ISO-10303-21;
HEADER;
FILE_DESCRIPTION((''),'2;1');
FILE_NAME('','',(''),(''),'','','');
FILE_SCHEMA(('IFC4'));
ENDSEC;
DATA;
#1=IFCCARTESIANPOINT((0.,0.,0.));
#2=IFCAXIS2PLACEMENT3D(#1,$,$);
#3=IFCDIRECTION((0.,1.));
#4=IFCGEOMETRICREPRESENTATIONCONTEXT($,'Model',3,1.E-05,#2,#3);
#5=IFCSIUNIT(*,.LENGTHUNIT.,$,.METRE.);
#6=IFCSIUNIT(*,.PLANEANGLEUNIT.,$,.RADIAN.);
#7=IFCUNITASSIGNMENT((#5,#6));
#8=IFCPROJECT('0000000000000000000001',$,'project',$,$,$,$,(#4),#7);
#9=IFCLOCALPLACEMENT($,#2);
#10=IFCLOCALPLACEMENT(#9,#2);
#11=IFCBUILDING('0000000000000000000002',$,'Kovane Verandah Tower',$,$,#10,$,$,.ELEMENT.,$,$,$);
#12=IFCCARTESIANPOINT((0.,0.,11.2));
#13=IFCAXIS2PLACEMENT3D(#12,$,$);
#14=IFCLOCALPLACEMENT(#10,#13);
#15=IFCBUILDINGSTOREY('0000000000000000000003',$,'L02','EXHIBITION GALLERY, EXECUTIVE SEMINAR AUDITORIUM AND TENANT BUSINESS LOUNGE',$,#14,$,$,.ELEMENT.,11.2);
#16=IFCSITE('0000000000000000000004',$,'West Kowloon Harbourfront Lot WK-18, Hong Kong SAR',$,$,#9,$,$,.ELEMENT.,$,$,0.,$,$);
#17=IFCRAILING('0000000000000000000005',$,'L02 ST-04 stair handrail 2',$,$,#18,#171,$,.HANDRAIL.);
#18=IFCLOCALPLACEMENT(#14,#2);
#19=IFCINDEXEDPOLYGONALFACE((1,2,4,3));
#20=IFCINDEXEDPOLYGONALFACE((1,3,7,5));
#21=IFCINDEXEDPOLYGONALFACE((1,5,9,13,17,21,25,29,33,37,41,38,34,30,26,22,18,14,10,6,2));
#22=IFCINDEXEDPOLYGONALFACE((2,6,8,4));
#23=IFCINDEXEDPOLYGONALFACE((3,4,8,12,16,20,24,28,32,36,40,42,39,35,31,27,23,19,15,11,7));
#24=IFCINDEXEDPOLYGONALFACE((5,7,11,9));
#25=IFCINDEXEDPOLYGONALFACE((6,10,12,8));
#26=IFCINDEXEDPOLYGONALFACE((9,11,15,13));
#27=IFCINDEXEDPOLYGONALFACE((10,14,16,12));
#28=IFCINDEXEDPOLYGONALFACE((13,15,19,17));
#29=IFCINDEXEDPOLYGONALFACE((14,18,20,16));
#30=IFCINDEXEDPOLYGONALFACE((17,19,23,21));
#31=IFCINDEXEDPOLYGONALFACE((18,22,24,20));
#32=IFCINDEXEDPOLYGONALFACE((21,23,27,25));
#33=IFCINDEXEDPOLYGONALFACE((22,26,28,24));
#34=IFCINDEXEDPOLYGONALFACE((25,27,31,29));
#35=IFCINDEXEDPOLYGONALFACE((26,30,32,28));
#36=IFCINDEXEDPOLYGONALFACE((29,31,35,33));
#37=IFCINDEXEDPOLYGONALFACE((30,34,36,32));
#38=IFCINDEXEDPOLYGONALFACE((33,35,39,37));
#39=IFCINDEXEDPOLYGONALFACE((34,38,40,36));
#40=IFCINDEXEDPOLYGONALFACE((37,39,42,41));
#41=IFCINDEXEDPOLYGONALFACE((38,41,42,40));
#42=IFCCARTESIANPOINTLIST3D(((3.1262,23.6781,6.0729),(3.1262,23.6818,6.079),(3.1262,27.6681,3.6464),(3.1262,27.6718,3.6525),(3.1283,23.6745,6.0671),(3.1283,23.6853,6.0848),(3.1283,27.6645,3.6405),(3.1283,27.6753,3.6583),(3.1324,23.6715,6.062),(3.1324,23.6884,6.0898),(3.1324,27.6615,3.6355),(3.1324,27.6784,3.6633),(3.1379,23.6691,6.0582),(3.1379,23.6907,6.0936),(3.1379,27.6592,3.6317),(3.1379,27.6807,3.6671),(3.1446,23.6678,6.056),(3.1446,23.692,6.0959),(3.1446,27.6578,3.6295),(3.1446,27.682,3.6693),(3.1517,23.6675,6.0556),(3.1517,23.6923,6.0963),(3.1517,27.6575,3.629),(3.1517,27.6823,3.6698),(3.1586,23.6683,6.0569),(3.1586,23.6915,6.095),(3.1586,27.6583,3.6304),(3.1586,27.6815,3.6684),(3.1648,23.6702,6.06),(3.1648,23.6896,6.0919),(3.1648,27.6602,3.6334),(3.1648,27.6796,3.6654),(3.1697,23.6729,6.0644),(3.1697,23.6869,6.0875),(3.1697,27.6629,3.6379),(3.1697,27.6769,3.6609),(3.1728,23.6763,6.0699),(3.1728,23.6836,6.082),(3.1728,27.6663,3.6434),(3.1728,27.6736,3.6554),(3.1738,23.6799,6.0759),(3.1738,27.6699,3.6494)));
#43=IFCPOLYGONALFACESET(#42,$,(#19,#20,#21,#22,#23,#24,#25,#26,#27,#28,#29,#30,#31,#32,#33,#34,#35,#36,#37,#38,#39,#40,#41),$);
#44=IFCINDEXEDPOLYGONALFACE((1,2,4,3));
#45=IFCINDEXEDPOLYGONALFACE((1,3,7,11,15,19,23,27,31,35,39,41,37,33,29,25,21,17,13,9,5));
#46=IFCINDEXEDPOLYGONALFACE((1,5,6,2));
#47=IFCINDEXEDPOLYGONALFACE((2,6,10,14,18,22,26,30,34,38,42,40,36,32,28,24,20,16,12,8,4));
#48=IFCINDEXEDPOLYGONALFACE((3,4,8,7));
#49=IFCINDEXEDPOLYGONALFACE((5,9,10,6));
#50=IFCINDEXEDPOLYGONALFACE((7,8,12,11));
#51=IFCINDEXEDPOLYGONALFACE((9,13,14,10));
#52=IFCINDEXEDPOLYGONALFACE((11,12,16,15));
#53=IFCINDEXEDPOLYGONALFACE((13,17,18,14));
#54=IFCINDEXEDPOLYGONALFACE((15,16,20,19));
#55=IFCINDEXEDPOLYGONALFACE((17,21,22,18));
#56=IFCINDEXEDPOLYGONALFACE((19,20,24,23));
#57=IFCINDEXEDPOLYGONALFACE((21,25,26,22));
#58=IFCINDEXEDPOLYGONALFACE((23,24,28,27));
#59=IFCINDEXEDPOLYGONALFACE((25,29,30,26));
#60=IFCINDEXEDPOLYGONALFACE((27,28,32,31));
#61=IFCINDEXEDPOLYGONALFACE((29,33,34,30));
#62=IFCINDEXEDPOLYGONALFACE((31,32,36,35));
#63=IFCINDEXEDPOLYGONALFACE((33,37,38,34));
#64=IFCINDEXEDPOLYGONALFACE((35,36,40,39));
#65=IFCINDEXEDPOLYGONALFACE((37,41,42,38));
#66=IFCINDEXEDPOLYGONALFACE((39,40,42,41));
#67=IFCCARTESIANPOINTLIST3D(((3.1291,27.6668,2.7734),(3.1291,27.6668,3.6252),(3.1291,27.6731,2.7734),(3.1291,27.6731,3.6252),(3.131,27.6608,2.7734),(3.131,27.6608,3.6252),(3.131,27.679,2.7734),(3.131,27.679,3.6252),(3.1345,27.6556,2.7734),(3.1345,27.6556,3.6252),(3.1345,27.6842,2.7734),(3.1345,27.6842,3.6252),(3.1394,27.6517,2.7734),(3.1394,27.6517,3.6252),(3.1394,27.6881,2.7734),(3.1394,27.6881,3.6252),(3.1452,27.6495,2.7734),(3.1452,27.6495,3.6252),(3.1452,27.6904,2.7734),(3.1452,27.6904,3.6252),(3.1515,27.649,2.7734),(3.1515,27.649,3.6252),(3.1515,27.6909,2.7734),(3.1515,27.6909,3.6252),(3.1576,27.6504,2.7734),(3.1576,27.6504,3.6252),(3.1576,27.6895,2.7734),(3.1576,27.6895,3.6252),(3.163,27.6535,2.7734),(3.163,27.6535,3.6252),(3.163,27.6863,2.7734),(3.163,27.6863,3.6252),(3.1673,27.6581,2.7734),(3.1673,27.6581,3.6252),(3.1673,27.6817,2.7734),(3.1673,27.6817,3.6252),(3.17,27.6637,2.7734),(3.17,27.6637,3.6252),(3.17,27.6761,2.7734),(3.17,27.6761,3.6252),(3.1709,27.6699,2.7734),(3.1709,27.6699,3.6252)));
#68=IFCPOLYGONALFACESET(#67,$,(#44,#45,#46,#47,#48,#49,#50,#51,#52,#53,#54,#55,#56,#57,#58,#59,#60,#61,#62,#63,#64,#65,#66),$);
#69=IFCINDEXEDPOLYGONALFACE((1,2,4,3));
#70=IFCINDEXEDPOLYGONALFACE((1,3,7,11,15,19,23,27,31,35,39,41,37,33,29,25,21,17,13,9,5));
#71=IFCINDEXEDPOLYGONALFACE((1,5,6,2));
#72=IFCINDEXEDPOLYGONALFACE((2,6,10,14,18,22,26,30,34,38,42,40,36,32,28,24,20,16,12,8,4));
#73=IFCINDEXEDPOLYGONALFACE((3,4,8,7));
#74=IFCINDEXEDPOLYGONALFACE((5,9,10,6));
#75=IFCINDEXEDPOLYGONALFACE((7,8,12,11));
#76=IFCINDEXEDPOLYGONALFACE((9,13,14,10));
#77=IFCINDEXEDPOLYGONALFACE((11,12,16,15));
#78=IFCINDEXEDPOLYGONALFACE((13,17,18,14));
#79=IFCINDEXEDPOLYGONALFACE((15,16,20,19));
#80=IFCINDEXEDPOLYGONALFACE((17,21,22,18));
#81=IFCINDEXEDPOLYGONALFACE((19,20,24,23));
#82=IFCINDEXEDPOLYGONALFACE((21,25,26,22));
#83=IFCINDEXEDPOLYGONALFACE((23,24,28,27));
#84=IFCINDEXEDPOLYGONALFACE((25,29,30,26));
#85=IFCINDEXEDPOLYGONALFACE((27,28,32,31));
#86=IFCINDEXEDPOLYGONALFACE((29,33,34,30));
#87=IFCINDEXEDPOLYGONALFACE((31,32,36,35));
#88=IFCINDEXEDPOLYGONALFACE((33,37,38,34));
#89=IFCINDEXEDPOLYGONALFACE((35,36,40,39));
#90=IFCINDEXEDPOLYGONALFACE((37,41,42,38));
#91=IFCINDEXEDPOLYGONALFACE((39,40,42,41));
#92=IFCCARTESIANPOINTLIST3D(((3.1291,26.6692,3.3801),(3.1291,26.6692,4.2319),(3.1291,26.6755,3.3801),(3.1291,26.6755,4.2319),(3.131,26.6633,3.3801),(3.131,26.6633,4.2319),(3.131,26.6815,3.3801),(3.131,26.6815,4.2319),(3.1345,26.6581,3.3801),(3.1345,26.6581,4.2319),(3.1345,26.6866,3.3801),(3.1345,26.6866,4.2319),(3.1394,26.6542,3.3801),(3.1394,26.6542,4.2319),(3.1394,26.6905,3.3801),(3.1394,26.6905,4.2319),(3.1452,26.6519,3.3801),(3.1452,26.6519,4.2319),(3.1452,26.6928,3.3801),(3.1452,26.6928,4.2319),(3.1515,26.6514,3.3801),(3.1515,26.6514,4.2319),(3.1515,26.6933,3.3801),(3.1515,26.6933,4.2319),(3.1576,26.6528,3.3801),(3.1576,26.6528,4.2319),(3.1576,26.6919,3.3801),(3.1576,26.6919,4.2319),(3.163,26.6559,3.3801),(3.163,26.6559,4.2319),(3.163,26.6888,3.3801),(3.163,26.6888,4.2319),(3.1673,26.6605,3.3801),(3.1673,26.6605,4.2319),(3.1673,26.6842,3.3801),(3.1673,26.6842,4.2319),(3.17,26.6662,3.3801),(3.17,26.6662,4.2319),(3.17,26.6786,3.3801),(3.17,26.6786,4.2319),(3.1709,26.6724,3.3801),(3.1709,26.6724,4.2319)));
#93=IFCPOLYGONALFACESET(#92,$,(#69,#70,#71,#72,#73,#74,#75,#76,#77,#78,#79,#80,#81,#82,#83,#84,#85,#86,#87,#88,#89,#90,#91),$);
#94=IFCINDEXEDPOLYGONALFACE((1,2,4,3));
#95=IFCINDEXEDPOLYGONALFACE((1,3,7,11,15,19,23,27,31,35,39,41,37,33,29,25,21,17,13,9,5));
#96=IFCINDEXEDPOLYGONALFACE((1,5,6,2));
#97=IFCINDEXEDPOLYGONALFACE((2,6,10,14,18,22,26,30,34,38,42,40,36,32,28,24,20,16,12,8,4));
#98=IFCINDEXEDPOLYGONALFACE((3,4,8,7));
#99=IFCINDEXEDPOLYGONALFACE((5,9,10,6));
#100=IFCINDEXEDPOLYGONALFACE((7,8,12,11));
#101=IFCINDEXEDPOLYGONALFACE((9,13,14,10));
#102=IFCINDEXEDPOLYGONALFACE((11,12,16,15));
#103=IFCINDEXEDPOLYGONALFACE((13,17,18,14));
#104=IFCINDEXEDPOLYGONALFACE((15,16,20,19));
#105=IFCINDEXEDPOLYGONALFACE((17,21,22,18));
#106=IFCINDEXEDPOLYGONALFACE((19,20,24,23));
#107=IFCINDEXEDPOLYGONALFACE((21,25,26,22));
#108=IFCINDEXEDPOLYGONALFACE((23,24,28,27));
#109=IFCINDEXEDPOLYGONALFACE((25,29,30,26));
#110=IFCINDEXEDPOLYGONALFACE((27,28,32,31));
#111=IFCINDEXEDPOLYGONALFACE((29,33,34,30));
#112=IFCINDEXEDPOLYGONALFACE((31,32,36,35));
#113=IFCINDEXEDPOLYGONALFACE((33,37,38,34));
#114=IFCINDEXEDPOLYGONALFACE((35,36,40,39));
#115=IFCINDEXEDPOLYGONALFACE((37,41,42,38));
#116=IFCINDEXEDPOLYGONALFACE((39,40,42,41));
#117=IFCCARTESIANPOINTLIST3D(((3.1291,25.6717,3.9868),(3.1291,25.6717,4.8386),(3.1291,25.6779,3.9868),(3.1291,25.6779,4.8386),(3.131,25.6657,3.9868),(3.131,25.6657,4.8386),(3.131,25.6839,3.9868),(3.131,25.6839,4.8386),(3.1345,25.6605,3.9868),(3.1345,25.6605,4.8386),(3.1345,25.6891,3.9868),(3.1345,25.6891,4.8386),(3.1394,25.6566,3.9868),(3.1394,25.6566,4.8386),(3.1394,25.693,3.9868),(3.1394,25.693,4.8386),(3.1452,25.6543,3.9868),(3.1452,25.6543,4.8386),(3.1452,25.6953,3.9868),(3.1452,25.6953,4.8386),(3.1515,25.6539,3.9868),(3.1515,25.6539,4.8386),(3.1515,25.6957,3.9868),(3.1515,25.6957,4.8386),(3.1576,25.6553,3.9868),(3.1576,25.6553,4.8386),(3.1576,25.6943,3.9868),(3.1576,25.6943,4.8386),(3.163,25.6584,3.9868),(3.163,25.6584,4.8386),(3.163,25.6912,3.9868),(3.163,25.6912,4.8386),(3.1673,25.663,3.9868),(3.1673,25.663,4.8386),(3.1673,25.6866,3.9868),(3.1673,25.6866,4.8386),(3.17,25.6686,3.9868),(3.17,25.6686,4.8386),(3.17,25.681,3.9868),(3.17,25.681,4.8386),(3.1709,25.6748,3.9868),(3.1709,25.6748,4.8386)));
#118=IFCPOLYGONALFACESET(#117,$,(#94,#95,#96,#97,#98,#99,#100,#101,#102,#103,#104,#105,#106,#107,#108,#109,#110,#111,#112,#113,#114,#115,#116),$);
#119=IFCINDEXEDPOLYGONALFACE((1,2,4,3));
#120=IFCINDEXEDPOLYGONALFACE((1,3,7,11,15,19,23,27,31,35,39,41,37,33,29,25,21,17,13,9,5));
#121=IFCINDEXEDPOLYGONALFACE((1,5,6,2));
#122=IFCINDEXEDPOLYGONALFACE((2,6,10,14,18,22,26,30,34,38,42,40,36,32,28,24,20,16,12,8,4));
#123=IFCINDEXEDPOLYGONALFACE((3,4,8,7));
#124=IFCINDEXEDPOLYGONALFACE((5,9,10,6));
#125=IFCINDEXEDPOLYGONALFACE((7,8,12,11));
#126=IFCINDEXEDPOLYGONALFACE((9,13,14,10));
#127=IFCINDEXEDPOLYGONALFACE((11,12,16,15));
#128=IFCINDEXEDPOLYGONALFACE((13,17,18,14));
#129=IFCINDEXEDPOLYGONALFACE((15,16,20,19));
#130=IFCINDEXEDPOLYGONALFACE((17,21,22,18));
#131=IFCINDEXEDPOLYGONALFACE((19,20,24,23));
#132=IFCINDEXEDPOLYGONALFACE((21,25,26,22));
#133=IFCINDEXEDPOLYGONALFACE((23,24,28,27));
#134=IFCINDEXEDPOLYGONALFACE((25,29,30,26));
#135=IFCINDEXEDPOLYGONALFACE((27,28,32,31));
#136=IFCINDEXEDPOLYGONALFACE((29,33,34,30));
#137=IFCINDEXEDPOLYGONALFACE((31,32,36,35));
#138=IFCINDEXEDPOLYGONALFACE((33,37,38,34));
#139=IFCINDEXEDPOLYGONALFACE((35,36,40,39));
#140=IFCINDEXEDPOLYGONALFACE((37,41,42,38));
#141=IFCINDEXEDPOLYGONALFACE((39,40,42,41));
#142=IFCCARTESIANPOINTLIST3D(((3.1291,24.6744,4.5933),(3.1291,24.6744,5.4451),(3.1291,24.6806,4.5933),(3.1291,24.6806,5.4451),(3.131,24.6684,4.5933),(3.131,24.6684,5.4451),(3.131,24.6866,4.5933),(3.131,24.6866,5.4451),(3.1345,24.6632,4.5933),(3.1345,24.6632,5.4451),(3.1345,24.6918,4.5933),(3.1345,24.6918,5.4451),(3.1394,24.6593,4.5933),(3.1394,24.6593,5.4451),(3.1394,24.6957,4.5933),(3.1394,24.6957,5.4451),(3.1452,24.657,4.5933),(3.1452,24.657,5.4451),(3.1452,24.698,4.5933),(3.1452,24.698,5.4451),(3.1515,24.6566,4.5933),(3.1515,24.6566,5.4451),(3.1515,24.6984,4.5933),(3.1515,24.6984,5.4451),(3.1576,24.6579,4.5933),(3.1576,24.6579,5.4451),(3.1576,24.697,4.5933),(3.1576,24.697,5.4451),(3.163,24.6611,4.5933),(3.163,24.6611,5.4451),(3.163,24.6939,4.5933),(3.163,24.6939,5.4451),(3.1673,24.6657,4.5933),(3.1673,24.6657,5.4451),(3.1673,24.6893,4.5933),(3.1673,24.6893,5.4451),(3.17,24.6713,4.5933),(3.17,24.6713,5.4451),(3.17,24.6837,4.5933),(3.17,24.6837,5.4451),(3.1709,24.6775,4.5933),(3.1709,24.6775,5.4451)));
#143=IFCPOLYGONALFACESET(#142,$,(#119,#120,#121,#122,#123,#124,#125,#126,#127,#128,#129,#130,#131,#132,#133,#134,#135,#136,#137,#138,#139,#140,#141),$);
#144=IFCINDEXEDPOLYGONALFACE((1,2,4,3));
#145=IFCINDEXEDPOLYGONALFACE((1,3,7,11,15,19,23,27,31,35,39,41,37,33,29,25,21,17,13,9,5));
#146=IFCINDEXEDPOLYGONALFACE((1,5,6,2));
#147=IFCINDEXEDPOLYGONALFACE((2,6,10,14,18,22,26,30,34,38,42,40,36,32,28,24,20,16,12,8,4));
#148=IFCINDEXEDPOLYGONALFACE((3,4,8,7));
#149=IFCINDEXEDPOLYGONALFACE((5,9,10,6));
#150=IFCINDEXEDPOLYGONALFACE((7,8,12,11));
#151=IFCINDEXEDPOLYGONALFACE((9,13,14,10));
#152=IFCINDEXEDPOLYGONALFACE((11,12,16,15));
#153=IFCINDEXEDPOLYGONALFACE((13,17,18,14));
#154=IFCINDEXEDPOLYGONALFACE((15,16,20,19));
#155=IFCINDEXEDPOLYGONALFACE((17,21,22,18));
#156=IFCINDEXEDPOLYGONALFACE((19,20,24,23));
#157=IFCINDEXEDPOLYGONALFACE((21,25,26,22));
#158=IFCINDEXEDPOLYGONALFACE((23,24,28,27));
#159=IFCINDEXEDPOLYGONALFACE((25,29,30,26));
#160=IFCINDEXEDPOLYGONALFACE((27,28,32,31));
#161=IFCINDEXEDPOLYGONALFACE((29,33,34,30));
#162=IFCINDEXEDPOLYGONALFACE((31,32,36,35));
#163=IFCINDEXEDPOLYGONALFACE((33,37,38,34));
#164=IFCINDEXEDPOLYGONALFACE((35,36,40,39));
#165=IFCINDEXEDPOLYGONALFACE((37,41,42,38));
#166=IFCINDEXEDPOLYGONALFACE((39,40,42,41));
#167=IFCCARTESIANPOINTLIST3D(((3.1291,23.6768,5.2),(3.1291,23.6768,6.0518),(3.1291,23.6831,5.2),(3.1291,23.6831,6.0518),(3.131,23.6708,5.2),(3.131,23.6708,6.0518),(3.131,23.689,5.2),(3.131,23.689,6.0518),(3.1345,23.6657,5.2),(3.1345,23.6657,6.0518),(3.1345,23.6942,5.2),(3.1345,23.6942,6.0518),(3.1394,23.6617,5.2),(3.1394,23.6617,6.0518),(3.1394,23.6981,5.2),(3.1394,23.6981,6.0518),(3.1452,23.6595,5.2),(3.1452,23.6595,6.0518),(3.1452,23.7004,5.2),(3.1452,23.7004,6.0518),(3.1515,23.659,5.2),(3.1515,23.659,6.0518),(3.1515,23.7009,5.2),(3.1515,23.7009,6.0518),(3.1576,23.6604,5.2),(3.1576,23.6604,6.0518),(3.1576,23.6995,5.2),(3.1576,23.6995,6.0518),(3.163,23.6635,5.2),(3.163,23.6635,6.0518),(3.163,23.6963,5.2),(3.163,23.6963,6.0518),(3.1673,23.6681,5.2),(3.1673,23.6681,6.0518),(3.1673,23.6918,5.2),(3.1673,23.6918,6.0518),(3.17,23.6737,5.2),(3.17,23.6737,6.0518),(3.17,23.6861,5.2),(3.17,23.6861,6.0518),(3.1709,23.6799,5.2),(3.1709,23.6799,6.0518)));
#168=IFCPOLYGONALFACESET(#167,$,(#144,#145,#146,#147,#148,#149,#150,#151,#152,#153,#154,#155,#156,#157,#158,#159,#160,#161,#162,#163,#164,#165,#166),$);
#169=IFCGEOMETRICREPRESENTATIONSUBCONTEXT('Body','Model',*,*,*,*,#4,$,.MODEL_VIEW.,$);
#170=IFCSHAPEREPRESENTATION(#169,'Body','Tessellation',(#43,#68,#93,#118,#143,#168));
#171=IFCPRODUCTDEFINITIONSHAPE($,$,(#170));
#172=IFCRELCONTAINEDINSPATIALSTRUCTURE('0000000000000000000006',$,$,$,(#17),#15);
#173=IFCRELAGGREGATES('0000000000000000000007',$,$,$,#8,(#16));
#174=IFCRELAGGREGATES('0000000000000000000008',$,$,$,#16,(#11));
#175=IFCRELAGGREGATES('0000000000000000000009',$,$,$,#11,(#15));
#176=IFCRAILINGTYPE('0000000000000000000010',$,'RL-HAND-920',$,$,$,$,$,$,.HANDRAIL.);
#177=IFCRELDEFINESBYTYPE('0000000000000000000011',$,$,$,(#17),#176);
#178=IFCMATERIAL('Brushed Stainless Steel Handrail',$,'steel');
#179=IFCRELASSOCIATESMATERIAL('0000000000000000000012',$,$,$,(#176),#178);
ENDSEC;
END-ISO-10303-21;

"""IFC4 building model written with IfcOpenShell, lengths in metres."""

from ifc_helpers import new_model, si_unit, direction, frame, origin, origin_2d, place, context, subcontext, project, spatial, circle, extrude, material, type_object, element, save


model = new_model("IFC4")

# Units and contexts
model_context = context("Model", 3, precision=1e-05, world=origin(), true_north=direction((0.0, 1.0)))
body_context = subcontext(model_context, "Body", "Model", "MODEL_VIEW")
ifc_project = project(units=[si_unit("LENGTHUNIT", "METRE"), si_unit("PLANEANGLEUNIT", "RADIAN")], contexts=[model_context])

# Site, building, storey
site_placement = place(None, origin())
site = spatial("IfcSite", under=ifc_project, at=site_placement, Name="West Kowloon Harbourfront Lot WK-18, Hong Kong SAR", CompositionType="ELEMENT", RefElevation=0.0)
building_placement = place(site_placement, origin())
building = spatial("IfcBuilding", under=site, at=building_placement, Name="Kovane Verandah Tower", CompositionType="ELEMENT")
storey_placement = place(building_placement, frame((0.0, 0.0, 11.2)))
storey = spatial("IfcBuildingStorey", under=building, at=storey_placement, Name="L02", Description="EXHIBITION GALLERY, EXECUTIVE SEMINAR AUDITORIUM AND TENANT BUSINESS LOUNGE", CompositionType="ELEMENT", Elevation=11.2)

# Railing
ifc_material_1 = material(Name="Brushed Stainless Steel Handrail", Category="steel")
railing_type_1 = type_object("IfcRailingType", Name="RL-HAND-920", PredefinedType="HANDRAIL", material=ifc_material_1)
railing_1_placement = place(storey_placement, frame((3.1499, 27.6699, 2.7734)))
element("IfcRailing", 1, at=railing_1_placement, inside=storey, type_object=railing_type_1, Name="L02 ST-04 stair handrail 2", PredefinedType="HANDRAIL", context=body_context, shape_type="SweptSolid", body=[
    extrude(circle(Radius=0.0239, at=origin_2d()), frame((0.0, 0.0, 0.876), z_axis=(0.0, -0.854405, 0.519607), x_axis=(1.0, 0.0, 0.0)), (0.0, 0.0, 1.0), 4.6699),
    extrude(circle(Radius=0.021, at=origin_2d()), origin(), (0.0, 0.0, 1.0), 0.8518),
    extrude(circle(Radius=0.021, at=origin_2d()), frame((0.0, -0.9976, 0.6067)), (0.0, 0.0, 1.0), 0.8518),
    extrude(circle(Radius=0.021, at=origin_2d()), frame((0.0, -1.9951, 1.2134)), (0.0, 0.0, 1.0), 0.8518),
    extrude(circle(Radius=0.021, at=origin_2d()), frame((0.0, -2.9924, 1.8198)), (0.0, 0.0, 1.0), 0.8518),
    extrude(circle(Radius=0.021, at=origin_2d()), frame((0.0, -3.99, 2.4265)), (0.0, 0.0, 1.0), 0.8518),
])

save(model, "model.ifc")
